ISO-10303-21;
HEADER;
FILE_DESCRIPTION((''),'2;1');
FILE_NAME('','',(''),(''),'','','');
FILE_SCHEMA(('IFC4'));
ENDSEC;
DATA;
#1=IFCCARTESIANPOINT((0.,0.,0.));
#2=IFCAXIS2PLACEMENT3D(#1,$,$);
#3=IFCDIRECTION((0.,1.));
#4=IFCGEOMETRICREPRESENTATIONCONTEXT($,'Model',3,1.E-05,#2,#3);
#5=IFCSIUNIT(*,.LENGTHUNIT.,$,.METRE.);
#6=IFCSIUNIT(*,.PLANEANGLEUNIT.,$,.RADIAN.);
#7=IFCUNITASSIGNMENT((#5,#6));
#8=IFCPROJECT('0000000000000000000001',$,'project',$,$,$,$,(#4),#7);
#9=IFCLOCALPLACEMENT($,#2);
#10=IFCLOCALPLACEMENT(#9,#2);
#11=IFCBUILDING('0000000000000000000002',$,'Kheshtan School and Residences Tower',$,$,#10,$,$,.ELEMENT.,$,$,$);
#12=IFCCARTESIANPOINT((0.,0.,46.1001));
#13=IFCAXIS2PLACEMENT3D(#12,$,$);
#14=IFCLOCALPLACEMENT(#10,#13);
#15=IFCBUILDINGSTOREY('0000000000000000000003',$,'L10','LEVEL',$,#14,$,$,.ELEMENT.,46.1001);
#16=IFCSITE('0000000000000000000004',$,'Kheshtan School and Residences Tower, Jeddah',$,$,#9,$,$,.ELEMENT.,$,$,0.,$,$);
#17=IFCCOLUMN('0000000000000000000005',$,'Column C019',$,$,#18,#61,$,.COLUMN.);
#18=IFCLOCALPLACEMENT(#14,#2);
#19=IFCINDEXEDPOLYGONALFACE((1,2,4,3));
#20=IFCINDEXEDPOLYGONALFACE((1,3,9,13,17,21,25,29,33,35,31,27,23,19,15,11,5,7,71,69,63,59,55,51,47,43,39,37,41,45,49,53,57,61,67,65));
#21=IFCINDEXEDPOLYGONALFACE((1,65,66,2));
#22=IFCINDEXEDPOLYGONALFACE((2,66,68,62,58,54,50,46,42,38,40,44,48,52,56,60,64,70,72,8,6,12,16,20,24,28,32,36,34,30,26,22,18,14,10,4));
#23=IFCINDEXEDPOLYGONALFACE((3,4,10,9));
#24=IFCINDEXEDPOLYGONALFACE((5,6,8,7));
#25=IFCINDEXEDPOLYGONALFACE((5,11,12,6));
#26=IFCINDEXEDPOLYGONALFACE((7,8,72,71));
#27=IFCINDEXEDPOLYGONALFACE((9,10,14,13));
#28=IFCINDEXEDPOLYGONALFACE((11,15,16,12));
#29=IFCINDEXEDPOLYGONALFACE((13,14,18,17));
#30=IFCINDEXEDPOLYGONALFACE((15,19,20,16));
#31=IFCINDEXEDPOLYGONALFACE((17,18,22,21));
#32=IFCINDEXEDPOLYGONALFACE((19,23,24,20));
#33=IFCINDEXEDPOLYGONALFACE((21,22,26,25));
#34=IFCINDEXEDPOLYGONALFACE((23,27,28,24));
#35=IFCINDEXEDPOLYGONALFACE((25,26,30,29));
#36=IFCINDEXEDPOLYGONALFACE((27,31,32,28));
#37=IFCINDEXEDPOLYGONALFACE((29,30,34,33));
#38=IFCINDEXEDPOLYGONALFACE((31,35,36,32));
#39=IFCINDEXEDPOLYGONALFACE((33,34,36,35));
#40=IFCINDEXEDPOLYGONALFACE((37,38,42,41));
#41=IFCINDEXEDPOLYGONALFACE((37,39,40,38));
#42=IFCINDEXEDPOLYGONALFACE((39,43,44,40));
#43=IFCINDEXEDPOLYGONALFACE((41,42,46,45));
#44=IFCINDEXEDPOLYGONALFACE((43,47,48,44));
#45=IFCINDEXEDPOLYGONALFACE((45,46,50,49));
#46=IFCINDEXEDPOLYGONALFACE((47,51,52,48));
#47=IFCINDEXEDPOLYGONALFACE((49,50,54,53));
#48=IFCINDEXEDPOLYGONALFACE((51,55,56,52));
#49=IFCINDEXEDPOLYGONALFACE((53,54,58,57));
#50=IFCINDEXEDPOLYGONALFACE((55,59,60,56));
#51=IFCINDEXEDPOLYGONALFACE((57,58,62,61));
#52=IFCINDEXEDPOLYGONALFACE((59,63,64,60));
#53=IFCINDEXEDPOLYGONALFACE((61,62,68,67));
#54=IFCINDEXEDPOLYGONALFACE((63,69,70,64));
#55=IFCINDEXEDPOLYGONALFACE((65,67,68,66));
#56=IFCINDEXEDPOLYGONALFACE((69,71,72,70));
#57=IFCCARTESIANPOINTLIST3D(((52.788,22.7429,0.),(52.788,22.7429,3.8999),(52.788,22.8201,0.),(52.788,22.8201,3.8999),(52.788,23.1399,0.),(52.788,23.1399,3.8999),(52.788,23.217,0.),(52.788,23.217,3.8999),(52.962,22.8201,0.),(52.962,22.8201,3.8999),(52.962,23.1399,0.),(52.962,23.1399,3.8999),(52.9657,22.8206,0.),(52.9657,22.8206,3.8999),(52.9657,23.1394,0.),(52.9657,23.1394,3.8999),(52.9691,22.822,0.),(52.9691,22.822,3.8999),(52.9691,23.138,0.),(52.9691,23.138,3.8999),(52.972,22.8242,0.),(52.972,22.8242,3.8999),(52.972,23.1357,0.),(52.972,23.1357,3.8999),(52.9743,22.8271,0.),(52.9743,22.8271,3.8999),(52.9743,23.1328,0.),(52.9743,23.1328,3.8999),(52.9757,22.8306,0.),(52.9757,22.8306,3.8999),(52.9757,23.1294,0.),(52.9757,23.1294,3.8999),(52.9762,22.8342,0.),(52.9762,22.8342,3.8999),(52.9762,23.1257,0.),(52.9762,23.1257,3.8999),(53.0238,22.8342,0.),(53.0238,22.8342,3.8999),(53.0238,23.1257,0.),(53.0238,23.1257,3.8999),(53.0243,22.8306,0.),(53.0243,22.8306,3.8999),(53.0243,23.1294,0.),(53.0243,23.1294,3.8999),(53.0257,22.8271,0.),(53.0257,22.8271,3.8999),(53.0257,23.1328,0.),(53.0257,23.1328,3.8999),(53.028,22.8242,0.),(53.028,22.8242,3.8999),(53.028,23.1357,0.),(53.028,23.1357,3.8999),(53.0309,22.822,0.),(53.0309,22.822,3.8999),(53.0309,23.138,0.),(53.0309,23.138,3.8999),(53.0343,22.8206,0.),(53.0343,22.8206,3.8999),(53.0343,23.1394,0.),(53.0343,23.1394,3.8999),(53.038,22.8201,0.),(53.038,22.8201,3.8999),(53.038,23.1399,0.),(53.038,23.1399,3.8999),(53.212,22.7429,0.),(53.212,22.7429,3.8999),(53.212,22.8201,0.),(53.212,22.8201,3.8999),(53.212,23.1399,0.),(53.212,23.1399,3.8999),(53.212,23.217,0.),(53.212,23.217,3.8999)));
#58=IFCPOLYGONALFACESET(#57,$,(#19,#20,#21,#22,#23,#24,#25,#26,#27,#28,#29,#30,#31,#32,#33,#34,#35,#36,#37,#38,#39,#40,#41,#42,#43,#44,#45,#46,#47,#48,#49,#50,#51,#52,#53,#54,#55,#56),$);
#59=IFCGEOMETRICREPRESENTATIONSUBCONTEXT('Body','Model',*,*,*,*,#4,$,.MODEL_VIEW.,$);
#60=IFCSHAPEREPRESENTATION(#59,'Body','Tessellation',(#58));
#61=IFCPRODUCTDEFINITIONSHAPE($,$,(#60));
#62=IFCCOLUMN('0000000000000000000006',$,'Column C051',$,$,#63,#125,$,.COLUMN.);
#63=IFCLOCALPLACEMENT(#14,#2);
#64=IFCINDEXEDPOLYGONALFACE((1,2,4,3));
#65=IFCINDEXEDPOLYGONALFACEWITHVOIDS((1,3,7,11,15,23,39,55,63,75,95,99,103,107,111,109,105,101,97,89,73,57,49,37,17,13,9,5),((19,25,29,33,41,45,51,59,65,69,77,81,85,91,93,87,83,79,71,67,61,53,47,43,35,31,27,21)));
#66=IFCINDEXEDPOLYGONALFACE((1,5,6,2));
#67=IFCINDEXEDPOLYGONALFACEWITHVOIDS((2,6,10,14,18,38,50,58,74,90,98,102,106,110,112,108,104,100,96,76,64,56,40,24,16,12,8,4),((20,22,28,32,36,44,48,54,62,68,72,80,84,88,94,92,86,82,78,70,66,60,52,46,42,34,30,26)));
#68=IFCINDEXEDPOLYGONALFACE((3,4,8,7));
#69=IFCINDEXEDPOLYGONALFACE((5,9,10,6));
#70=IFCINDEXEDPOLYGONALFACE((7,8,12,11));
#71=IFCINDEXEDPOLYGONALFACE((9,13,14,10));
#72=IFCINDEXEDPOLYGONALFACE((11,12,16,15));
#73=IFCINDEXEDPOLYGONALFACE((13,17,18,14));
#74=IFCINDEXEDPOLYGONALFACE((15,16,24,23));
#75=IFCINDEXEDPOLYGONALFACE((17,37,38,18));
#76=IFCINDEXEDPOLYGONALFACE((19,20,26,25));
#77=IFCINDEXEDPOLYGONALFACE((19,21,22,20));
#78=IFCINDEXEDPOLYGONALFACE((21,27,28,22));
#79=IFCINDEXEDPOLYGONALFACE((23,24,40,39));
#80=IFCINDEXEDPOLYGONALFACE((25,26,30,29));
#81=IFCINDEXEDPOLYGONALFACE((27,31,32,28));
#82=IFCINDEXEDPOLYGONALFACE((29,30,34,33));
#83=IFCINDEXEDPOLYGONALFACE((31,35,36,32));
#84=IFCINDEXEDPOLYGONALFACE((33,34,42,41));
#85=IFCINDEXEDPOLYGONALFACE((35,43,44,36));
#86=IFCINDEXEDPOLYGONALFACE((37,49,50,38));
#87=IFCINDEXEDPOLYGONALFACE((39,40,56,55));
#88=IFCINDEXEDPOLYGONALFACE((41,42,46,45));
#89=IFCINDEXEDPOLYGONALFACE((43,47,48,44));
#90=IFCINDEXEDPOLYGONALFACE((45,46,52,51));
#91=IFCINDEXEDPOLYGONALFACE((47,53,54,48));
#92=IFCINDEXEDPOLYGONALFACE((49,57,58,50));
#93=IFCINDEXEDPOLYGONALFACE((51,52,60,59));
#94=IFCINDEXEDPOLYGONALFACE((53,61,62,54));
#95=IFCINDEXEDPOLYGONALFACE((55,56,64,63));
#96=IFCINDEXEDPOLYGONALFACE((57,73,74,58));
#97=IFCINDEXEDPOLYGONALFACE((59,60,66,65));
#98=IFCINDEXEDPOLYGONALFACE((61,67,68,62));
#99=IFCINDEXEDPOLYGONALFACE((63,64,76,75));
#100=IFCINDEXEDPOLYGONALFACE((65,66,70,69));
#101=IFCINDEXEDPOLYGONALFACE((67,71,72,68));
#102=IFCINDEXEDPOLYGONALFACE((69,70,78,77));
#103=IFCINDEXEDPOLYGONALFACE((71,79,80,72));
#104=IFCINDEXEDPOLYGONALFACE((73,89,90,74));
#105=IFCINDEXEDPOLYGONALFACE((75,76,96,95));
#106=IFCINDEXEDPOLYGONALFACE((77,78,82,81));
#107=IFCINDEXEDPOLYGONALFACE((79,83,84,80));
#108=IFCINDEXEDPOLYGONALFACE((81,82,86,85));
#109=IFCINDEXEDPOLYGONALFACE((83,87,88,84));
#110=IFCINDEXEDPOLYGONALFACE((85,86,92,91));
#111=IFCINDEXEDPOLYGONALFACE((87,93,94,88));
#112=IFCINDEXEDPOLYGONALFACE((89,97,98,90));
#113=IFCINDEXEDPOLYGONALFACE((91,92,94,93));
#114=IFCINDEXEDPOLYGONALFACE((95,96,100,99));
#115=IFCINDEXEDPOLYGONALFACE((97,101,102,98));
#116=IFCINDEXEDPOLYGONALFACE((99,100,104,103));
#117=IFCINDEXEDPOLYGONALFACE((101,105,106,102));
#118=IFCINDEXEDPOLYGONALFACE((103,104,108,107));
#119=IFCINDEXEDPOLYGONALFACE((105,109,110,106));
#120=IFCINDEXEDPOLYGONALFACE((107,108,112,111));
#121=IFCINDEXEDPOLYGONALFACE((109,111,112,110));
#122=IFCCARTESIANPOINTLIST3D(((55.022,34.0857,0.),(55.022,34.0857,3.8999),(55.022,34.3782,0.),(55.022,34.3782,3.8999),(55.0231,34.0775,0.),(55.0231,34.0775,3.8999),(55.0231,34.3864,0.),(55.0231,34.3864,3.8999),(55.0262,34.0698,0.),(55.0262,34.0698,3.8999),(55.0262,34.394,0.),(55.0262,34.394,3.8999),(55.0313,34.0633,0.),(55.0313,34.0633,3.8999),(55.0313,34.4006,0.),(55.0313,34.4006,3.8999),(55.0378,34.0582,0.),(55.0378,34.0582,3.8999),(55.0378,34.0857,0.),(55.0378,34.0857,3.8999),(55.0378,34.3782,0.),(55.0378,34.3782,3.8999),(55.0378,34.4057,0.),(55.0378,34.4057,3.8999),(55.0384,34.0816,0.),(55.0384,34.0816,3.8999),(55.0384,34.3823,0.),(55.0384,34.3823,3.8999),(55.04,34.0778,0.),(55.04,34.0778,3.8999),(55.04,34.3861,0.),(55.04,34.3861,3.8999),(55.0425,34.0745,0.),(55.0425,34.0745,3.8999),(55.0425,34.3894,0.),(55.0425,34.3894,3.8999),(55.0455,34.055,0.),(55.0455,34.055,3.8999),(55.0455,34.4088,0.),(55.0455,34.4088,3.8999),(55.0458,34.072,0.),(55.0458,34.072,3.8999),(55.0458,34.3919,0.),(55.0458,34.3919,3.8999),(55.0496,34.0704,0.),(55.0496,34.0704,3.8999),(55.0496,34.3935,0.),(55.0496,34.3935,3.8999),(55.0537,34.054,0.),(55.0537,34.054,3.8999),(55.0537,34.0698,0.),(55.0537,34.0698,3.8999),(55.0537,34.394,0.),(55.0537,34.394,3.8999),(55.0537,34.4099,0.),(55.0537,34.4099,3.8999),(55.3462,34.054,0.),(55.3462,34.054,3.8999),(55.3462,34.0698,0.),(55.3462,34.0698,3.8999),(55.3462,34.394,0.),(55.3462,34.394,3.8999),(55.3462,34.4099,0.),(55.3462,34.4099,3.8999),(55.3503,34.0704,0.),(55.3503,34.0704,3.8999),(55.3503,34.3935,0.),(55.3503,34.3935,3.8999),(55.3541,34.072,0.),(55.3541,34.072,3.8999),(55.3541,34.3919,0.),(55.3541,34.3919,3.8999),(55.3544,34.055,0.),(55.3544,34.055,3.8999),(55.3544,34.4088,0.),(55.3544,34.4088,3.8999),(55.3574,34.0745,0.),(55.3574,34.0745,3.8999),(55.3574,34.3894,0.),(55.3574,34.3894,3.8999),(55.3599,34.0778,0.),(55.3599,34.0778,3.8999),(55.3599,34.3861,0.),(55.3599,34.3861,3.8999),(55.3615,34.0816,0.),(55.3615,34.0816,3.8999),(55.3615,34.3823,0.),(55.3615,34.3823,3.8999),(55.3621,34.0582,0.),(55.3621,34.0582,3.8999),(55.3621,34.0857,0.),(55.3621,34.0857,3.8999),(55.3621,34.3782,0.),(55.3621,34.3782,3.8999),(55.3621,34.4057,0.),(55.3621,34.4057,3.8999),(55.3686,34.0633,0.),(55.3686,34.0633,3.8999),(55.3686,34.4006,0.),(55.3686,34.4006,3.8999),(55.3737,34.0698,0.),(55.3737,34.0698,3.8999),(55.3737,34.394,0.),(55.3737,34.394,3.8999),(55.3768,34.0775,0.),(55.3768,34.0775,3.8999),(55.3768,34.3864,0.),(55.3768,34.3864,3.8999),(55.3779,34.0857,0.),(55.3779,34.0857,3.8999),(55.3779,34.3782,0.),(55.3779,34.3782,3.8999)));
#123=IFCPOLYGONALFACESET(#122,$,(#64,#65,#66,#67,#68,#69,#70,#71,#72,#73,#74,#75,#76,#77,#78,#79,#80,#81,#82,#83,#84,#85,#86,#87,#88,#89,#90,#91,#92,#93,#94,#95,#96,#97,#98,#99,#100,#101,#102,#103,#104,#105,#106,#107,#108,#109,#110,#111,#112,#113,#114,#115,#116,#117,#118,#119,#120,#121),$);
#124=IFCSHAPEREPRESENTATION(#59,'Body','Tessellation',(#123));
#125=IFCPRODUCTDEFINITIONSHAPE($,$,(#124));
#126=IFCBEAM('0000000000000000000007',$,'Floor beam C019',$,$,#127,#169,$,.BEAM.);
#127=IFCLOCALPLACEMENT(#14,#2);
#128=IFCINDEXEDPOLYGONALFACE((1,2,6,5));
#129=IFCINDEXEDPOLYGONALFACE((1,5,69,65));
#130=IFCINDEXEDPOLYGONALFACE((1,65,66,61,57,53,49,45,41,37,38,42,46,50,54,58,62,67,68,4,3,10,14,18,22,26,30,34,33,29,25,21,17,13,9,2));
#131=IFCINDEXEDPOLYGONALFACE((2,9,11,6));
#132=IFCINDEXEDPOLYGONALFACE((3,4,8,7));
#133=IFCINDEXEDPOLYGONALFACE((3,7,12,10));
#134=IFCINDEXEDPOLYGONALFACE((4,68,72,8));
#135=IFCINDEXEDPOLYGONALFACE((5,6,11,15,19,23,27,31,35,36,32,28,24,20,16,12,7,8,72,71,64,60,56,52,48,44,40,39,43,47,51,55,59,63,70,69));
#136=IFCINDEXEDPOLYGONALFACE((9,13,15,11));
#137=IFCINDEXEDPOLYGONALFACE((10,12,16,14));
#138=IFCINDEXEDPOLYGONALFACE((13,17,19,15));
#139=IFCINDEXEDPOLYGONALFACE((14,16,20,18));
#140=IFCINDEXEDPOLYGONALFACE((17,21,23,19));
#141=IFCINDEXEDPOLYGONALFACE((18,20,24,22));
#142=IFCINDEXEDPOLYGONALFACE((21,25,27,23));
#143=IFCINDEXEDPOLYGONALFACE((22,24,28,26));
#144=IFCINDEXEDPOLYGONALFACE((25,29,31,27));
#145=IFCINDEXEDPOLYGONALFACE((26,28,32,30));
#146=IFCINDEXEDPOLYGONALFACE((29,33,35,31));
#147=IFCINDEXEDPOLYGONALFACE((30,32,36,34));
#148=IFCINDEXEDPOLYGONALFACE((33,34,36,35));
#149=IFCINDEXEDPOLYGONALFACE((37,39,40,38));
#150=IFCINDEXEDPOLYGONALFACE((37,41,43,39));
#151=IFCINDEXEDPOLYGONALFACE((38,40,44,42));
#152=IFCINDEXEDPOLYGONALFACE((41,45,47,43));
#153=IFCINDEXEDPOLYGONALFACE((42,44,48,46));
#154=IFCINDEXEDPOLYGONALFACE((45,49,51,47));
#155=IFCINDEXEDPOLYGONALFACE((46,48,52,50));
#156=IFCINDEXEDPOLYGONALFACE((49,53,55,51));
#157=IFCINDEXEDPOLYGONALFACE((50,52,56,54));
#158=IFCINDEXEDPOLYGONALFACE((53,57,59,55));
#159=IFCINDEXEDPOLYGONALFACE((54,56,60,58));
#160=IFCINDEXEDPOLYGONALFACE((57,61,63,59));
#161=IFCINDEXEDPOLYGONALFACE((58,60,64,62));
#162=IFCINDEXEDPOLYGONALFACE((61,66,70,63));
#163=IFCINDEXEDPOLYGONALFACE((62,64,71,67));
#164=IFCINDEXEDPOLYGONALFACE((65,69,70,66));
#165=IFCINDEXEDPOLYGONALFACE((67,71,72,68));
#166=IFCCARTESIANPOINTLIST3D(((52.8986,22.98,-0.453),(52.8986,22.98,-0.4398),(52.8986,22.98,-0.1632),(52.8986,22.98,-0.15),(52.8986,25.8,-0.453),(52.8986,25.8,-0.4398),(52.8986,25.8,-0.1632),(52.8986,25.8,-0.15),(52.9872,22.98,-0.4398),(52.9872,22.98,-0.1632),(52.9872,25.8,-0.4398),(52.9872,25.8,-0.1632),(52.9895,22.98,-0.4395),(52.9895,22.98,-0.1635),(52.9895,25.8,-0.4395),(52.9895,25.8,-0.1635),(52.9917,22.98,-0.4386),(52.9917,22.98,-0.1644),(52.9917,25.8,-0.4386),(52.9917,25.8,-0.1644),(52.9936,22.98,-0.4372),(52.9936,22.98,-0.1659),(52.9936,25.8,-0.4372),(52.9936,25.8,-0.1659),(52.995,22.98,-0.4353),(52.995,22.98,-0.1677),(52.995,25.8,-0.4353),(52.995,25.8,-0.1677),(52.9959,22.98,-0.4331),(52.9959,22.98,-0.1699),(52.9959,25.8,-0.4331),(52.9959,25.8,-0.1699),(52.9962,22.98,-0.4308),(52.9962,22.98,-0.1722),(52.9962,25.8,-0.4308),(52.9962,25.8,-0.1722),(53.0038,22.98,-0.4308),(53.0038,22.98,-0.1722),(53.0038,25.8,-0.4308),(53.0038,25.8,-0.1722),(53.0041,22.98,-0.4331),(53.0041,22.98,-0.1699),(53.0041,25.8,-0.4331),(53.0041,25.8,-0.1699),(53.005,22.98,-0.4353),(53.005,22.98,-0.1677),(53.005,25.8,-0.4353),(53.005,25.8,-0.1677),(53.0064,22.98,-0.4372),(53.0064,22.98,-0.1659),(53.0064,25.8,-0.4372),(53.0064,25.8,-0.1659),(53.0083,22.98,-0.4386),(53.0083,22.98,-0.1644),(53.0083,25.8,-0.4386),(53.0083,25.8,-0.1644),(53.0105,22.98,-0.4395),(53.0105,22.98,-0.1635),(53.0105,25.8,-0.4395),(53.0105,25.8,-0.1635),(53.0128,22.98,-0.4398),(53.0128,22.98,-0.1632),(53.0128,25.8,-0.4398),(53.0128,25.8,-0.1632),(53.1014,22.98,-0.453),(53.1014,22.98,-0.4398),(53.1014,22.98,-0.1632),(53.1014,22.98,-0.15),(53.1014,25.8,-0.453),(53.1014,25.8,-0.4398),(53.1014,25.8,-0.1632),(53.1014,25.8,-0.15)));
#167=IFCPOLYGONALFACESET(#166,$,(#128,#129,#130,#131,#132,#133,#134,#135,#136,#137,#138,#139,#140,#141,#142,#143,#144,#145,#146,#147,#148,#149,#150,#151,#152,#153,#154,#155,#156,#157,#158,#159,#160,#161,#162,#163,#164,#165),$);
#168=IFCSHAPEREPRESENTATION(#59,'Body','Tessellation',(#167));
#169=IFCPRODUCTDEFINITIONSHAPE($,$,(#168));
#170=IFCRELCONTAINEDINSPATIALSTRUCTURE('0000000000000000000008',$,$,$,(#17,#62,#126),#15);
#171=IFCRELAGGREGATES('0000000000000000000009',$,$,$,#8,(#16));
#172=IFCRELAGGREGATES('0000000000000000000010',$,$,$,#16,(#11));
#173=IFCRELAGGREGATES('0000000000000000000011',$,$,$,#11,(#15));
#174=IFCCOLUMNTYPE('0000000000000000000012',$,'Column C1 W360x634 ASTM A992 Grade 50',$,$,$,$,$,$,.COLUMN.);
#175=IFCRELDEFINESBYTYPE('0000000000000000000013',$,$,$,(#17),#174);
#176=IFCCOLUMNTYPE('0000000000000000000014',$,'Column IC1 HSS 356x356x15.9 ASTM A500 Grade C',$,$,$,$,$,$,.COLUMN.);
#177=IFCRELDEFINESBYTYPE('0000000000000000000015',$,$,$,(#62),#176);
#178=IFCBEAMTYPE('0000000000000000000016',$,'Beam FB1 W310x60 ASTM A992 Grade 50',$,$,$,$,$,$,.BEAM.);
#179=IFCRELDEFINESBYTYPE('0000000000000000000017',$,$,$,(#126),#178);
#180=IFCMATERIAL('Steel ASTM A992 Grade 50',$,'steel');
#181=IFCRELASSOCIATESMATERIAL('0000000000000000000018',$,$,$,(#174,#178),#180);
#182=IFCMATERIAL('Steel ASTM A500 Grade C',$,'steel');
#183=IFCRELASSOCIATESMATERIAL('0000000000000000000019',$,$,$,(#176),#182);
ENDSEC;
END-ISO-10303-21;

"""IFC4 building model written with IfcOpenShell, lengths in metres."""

from ifc_helpers import new_model, si_unit, direction, frame, origin, origin_2d, place, context, subcontext, project, spatial, hollow_rectangle, i_section, extrude, material, material_profile, profile_set, type_object, element, save


model = new_model("IFC4")

# Units and contexts
model_context = context("Model", 3, precision=1e-05, world=origin(), true_north=direction((0.0, 1.0)))
body_context = subcontext(model_context, "Body", "Model", "MODEL_VIEW")
ifc_project = project(units=[si_unit("LENGTHUNIT", "METRE"), si_unit("PLANEANGLEUNIT", "RADIAN")], contexts=[model_context])

# Site, building, storey
site_placement = place(None, origin())
site = spatial("IfcSite", under=ifc_project, at=site_placement, Name="Kheshtan School and Residences Tower, Jeddah", CompositionType="ELEMENT", RefElevation=0.0)
building_placement = place(site_placement, origin())
building = spatial("IfcBuilding", under=site, at=building_placement, Name="Kheshtan School and Residences Tower", CompositionType="ELEMENT")
storey_placement = place(building_placement, frame((0.0, 0.0, 46.1001)))
storey = spatial("IfcBuildingStorey", under=building, at=storey_placement, Name="L10", Description="LEVEL", CompositionType="ELEMENT", Elevation=46.1001)

# Columns
ifc_material_1 = material(Name="Steel ASTM A992 Grade 50", Category="steel")
ifc_material_profile_1 = material_profile(ifc_material_1, i_section(OverallWidth=0.4241, OverallDepth=0.4741, WebThickness=0.0476, FlangeThickness=0.0771, FilletRadius=0.0142, at=origin_2d()), Name="W360x634")
ifc_profile_set_1 = profile_set([ifc_material_profile_1], Name="Steel ASTM A992 Grade 50")
column_type_1 = type_object("IfcColumnType", Name="Column C1 W360x634 ASTM A992 Grade 50", PredefinedType="COLUMN", material=ifc_profile_set_1)
column_1_placement = place(storey_placement, frame((53.0, 22.98, 0.0), z_axis=(0.0, 0.0, 1.0), x_axis=(1.0, 0.0, 0.0)))
element("IfcColumn", 1, at=column_1_placement, inside=storey, type_object=column_type_1, Name="Column C019", PredefinedType="COLUMN", context=body_context, shape_type="SweptSolid", body=[
    extrude(i_section(OverallWidth=0.4241, OverallDepth=0.4741, WebThickness=0.0476, FlangeThickness=0.0771, FilletRadius=0.0142, at=origin_2d()), origin(), (0.0, 0.0, 1.0), 3.8999),
])
ifc_material_2 = material(Name="Steel ASTM A500 Grade C", Category="steel")
ifc_material_profile_2 = material_profile(ifc_material_2, hollow_rectangle(XDim=0.356, YDim=0.356, WallThickness=0.0159, InnerFilletRadius=0.0159, OuterFilletRadius=0.0317, at=origin_2d()), Name="HSS 356x356x15.9")
ifc_profile_set_2 = profile_set([ifc_material_profile_2], Name="Steel ASTM A500 Grade C")
column_type_2 = type_object("IfcColumnType", Name="Column IC1 HSS 356x356x15.9 ASTM A500 Grade C", PredefinedType="COLUMN", material=ifc_profile_set_2)
column_2_placement = place(storey_placement, frame((55.2, 34.2319, 0.0), z_axis=(0.0, 0.0, 1.0), x_axis=(1.0, 0.0, 0.0)))
element("IfcColumn", 2, at=column_2_placement, inside=storey, type_object=column_type_2, Name="Column C051", PredefinedType="COLUMN", context=body_context, shape_type="SweptSolid", body=[
    extrude(hollow_rectangle(XDim=0.356, YDim=0.356, WallThickness=0.0159, InnerFilletRadius=0.0159, OuterFilletRadius=0.0317, at=origin_2d()), origin(), (0.0, 0.0, 1.0), 3.8999),
])

# Beam
ifc_material_profile_3 = material_profile(ifc_material_1, i_section(OverallWidth=0.2029, OverallDepth=0.303, WebThickness=0.0076, FlangeThickness=0.0132, FilletRadius=0.009, at=origin_2d()), Name="W310x60")
ifc_profile_set_3 = profile_set([ifc_material_profile_3], Name="Steel ASTM A992 Grade 50")
beam_type_1 = type_object("IfcBeamType", Name="Beam FB1 W310x60 ASTM A992 Grade 50", PredefinedType="BEAM", material=ifc_profile_set_3)
beam_1_placement = place(storey_placement, frame((53.0, 22.98, -0.3015), z_axis=(0.0, 1.0, 0.0), x_axis=(-1.0, 0.0, 0.0)))
element("IfcBeam", 3, at=beam_1_placement, inside=storey, type_object=beam_type_1, Name="Floor beam C019", PredefinedType="BEAM", context=body_context, shape_type="SweptSolid", body=[
    extrude(i_section(OverallWidth=0.2029, OverallDepth=0.303, WebThickness=0.0076, FlangeThickness=0.0132, FilletRadius=0.009, at=origin_2d()), origin(), (0.0, 0.0, 1.0), 2.8201),
])

save(model, "model.ifc")
